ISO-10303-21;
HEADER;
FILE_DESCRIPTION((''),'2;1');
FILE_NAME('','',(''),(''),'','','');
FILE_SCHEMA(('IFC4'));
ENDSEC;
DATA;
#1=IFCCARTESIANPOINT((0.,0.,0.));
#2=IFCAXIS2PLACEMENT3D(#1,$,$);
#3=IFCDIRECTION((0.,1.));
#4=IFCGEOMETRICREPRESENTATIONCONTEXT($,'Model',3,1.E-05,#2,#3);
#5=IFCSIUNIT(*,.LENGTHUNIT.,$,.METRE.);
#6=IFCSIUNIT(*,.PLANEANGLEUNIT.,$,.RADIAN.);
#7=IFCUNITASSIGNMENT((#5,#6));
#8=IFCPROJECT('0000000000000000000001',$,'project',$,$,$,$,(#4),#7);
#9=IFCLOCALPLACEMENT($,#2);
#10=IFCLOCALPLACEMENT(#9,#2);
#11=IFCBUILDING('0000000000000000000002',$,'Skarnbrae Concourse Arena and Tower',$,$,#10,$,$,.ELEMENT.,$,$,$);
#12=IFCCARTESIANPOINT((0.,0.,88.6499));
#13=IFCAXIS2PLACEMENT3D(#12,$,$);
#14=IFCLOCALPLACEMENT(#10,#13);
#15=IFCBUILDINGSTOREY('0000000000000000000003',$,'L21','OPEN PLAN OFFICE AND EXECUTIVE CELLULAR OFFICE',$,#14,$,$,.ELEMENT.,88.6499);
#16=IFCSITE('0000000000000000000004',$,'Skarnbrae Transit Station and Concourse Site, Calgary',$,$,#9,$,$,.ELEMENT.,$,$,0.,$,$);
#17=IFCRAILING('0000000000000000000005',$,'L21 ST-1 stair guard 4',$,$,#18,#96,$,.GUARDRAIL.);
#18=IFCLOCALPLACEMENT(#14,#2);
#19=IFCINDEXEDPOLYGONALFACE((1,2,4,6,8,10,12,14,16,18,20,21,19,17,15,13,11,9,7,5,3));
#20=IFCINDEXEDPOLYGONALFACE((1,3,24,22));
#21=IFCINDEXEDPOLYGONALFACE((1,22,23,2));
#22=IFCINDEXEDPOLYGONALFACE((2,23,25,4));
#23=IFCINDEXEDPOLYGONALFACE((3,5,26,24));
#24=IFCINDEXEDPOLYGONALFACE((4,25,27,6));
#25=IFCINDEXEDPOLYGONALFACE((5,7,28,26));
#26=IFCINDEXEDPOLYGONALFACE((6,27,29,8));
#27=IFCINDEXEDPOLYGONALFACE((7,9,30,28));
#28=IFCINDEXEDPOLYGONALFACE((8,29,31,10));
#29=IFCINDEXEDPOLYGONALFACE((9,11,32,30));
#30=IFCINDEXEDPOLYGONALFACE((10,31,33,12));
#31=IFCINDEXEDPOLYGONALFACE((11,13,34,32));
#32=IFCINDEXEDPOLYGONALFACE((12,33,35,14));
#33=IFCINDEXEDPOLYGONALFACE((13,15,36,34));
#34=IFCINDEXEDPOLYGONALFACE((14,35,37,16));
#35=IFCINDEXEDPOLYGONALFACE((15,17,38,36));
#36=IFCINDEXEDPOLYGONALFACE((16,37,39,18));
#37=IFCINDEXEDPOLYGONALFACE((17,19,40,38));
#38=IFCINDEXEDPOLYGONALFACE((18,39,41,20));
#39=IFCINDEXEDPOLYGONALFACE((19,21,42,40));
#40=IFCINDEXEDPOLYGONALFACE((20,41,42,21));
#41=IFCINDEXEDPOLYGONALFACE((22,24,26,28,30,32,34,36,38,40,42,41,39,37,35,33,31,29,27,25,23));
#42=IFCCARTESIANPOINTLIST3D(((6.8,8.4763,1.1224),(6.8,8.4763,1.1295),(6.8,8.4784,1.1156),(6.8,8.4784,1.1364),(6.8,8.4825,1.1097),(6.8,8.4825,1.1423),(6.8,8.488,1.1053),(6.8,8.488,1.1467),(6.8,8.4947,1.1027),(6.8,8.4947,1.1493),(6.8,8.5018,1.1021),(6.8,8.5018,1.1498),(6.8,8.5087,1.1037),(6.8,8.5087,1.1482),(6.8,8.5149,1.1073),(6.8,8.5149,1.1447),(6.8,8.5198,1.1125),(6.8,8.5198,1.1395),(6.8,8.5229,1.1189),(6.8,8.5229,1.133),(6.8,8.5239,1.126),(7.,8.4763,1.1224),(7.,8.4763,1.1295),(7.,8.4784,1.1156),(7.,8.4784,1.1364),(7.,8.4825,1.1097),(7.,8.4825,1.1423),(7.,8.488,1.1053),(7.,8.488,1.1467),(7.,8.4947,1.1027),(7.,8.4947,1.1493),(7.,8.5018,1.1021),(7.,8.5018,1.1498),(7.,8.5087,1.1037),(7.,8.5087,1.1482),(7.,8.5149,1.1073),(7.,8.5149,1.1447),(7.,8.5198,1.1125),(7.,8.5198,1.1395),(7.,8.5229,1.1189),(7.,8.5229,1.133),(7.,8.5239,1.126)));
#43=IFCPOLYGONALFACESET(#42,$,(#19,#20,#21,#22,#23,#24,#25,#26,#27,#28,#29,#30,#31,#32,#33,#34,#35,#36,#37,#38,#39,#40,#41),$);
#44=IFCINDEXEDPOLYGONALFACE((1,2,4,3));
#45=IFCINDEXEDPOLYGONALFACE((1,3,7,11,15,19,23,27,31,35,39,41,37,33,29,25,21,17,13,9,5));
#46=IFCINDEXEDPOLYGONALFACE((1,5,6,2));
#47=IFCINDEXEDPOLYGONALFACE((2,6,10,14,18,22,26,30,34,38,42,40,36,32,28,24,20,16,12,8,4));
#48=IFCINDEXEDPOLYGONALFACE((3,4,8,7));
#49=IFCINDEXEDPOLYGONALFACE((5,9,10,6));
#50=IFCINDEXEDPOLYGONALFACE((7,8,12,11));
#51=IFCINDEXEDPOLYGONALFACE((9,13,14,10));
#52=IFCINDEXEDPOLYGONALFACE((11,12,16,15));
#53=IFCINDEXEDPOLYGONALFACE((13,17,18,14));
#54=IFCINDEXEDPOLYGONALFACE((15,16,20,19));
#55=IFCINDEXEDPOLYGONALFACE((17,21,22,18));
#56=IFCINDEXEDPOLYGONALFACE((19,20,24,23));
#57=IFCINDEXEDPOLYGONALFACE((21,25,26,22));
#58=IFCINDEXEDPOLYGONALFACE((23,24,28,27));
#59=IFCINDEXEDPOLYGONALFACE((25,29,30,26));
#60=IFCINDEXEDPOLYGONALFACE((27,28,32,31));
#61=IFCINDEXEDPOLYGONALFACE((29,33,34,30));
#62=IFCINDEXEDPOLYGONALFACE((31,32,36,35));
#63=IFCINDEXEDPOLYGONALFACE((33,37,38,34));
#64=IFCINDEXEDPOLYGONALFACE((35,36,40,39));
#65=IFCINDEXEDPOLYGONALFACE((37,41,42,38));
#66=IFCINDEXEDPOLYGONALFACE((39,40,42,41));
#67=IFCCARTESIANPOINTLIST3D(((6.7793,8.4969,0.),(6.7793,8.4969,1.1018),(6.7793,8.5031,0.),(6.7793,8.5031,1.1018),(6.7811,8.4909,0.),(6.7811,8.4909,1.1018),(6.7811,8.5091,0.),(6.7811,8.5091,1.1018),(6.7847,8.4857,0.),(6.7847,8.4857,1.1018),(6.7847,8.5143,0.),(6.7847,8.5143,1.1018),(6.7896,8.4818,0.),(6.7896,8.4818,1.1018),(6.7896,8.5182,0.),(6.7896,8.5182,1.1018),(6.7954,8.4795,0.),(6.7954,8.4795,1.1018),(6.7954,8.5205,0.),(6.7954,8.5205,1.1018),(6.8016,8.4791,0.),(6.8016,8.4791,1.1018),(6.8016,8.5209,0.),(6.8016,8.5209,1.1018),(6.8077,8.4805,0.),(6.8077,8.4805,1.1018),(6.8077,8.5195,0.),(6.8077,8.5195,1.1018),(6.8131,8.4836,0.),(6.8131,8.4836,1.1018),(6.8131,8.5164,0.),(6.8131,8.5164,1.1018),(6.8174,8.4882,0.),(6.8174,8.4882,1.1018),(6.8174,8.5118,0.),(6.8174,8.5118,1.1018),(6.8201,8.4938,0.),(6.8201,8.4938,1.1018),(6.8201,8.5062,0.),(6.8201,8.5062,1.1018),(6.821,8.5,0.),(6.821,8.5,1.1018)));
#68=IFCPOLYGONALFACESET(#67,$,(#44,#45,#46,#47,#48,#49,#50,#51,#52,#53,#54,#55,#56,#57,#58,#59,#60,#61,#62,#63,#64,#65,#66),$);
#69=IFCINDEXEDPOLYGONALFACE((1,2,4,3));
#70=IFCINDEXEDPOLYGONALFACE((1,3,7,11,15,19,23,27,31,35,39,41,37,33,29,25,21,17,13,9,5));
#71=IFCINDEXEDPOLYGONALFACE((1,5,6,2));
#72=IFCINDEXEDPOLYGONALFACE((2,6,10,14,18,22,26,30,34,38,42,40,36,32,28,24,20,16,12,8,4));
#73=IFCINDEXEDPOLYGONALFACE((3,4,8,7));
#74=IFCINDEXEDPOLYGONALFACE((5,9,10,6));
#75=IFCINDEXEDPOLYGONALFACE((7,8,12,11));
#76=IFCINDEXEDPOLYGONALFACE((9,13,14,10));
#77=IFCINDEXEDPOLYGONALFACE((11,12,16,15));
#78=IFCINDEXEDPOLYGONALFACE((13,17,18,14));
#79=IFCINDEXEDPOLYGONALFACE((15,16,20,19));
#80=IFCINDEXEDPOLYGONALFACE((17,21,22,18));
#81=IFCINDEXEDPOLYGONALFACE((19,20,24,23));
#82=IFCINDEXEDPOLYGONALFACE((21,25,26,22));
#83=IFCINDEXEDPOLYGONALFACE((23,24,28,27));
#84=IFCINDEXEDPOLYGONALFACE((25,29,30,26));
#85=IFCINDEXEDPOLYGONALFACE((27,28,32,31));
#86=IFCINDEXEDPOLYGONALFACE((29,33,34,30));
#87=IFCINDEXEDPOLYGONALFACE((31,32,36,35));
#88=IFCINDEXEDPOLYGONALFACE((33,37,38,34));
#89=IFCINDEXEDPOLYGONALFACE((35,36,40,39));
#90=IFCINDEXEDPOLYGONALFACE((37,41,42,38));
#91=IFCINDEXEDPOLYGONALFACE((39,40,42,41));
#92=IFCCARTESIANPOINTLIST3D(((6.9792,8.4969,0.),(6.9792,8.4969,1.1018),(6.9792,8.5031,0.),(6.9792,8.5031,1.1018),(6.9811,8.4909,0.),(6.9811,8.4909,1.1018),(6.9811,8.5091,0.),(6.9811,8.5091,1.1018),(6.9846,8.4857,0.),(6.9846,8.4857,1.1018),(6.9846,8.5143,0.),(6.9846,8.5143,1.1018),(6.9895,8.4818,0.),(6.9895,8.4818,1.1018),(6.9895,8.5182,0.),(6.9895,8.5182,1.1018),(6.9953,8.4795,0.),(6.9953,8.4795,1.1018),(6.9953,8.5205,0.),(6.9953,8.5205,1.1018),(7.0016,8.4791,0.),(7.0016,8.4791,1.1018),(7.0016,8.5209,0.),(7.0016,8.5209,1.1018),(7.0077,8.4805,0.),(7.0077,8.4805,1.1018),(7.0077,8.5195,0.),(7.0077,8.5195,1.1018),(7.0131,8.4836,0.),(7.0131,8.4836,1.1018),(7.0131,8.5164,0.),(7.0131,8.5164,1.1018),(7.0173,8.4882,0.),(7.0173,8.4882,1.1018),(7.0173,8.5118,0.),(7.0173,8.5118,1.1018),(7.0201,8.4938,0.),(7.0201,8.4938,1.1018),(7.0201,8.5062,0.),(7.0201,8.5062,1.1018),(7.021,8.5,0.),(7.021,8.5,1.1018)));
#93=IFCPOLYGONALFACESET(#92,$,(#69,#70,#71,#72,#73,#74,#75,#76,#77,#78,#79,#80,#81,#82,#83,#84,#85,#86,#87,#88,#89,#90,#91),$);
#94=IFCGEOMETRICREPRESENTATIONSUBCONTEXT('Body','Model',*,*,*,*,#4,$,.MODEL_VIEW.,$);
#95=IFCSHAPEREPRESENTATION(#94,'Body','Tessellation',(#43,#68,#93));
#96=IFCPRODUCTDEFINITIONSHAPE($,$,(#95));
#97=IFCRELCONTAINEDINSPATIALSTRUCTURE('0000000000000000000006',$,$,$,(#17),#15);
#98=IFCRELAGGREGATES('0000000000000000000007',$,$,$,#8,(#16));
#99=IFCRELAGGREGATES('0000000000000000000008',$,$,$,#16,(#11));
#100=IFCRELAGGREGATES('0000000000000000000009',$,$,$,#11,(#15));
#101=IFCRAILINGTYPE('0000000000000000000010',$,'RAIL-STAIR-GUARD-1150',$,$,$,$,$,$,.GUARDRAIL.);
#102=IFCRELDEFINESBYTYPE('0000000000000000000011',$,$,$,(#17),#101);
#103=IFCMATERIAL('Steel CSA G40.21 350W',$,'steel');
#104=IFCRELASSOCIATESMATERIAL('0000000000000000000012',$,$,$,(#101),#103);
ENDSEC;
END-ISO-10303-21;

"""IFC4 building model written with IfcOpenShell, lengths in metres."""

from ifc_helpers import new_model, si_unit, direction, frame, origin, origin_2d, place, context, subcontext, project, spatial, circle, extrude, material, type_object, element, save


model = new_model("IFC4")

# Units and contexts
model_context = context("Model", 3, precision=1e-05, world=origin(), true_north=direction((0.0, 1.0)))
body_context = subcontext(model_context, "Body", "Model", "MODEL_VIEW")
ifc_project = project(units=[si_unit("LENGTHUNIT", "METRE"), si_unit("PLANEANGLEUNIT", "RADIAN")], contexts=[model_context])

# Site, building, storey
site_placement = place(None, origin())
site = spatial("IfcSite", under=ifc_project, at=site_placement, Name="Skarnbrae Transit Station and Concourse Site, Calgary", CompositionType="ELEMENT", RefElevation=0.0)
building_placement = place(site_placement, origin())
building = spatial("IfcBuilding", under=site, at=building_placement, Name="Skarnbrae Concourse Arena and Tower", CompositionType="ELEMENT")
storey_placement = place(building_placement, frame((0.0, 0.0, 88.6499)))
storey = spatial("IfcBuildingStorey", under=building, at=storey_placement, Name="L21", Description="OPEN PLAN OFFICE AND EXECUTIVE CELLULAR OFFICE", CompositionType="ELEMENT", Elevation=88.6499)

# Shared definitions
ifc_material_1 = material(Name="Steel CSA G40.21 350W", Category="steel")

# Railing
railing_type_1 = type_object("IfcRailingType", Name="RAIL-STAIR-GUARD-1150", PredefinedType="GUARDRAIL", material=ifc_material_1)
railing_1_placement = place(storey_placement, frame((6.8, 8.5, 0.0)))
element("IfcRailing", 1, at=railing_1_placement, inside=storey, type_object=railing_type_1, Name="L21 ST-1 stair guard 4", PredefinedType="GUARDRAIL", context=body_context, shape_type="SweptSolid", body=[
    extrude(circle(Radius=0.0239, at=origin_2d()), frame((0.0, 0.0, 1.126), z_axis=(1.0, 0.0, 0.0), x_axis=(0.0, 1.0, 0.0)), (0.0, 0.0, 1.0), 0.2),
    extrude(circle(Radius=0.021, at=origin_2d()), origin(), (0.0, 0.0, 1.0), 1.1018),
    extrude(circle(Radius=0.021, at=origin_2d()), frame((0.2, 0.0, 0.0)), (0.0, 0.0, 1.0), 1.1018),
])

save(model, "model.ifc")
